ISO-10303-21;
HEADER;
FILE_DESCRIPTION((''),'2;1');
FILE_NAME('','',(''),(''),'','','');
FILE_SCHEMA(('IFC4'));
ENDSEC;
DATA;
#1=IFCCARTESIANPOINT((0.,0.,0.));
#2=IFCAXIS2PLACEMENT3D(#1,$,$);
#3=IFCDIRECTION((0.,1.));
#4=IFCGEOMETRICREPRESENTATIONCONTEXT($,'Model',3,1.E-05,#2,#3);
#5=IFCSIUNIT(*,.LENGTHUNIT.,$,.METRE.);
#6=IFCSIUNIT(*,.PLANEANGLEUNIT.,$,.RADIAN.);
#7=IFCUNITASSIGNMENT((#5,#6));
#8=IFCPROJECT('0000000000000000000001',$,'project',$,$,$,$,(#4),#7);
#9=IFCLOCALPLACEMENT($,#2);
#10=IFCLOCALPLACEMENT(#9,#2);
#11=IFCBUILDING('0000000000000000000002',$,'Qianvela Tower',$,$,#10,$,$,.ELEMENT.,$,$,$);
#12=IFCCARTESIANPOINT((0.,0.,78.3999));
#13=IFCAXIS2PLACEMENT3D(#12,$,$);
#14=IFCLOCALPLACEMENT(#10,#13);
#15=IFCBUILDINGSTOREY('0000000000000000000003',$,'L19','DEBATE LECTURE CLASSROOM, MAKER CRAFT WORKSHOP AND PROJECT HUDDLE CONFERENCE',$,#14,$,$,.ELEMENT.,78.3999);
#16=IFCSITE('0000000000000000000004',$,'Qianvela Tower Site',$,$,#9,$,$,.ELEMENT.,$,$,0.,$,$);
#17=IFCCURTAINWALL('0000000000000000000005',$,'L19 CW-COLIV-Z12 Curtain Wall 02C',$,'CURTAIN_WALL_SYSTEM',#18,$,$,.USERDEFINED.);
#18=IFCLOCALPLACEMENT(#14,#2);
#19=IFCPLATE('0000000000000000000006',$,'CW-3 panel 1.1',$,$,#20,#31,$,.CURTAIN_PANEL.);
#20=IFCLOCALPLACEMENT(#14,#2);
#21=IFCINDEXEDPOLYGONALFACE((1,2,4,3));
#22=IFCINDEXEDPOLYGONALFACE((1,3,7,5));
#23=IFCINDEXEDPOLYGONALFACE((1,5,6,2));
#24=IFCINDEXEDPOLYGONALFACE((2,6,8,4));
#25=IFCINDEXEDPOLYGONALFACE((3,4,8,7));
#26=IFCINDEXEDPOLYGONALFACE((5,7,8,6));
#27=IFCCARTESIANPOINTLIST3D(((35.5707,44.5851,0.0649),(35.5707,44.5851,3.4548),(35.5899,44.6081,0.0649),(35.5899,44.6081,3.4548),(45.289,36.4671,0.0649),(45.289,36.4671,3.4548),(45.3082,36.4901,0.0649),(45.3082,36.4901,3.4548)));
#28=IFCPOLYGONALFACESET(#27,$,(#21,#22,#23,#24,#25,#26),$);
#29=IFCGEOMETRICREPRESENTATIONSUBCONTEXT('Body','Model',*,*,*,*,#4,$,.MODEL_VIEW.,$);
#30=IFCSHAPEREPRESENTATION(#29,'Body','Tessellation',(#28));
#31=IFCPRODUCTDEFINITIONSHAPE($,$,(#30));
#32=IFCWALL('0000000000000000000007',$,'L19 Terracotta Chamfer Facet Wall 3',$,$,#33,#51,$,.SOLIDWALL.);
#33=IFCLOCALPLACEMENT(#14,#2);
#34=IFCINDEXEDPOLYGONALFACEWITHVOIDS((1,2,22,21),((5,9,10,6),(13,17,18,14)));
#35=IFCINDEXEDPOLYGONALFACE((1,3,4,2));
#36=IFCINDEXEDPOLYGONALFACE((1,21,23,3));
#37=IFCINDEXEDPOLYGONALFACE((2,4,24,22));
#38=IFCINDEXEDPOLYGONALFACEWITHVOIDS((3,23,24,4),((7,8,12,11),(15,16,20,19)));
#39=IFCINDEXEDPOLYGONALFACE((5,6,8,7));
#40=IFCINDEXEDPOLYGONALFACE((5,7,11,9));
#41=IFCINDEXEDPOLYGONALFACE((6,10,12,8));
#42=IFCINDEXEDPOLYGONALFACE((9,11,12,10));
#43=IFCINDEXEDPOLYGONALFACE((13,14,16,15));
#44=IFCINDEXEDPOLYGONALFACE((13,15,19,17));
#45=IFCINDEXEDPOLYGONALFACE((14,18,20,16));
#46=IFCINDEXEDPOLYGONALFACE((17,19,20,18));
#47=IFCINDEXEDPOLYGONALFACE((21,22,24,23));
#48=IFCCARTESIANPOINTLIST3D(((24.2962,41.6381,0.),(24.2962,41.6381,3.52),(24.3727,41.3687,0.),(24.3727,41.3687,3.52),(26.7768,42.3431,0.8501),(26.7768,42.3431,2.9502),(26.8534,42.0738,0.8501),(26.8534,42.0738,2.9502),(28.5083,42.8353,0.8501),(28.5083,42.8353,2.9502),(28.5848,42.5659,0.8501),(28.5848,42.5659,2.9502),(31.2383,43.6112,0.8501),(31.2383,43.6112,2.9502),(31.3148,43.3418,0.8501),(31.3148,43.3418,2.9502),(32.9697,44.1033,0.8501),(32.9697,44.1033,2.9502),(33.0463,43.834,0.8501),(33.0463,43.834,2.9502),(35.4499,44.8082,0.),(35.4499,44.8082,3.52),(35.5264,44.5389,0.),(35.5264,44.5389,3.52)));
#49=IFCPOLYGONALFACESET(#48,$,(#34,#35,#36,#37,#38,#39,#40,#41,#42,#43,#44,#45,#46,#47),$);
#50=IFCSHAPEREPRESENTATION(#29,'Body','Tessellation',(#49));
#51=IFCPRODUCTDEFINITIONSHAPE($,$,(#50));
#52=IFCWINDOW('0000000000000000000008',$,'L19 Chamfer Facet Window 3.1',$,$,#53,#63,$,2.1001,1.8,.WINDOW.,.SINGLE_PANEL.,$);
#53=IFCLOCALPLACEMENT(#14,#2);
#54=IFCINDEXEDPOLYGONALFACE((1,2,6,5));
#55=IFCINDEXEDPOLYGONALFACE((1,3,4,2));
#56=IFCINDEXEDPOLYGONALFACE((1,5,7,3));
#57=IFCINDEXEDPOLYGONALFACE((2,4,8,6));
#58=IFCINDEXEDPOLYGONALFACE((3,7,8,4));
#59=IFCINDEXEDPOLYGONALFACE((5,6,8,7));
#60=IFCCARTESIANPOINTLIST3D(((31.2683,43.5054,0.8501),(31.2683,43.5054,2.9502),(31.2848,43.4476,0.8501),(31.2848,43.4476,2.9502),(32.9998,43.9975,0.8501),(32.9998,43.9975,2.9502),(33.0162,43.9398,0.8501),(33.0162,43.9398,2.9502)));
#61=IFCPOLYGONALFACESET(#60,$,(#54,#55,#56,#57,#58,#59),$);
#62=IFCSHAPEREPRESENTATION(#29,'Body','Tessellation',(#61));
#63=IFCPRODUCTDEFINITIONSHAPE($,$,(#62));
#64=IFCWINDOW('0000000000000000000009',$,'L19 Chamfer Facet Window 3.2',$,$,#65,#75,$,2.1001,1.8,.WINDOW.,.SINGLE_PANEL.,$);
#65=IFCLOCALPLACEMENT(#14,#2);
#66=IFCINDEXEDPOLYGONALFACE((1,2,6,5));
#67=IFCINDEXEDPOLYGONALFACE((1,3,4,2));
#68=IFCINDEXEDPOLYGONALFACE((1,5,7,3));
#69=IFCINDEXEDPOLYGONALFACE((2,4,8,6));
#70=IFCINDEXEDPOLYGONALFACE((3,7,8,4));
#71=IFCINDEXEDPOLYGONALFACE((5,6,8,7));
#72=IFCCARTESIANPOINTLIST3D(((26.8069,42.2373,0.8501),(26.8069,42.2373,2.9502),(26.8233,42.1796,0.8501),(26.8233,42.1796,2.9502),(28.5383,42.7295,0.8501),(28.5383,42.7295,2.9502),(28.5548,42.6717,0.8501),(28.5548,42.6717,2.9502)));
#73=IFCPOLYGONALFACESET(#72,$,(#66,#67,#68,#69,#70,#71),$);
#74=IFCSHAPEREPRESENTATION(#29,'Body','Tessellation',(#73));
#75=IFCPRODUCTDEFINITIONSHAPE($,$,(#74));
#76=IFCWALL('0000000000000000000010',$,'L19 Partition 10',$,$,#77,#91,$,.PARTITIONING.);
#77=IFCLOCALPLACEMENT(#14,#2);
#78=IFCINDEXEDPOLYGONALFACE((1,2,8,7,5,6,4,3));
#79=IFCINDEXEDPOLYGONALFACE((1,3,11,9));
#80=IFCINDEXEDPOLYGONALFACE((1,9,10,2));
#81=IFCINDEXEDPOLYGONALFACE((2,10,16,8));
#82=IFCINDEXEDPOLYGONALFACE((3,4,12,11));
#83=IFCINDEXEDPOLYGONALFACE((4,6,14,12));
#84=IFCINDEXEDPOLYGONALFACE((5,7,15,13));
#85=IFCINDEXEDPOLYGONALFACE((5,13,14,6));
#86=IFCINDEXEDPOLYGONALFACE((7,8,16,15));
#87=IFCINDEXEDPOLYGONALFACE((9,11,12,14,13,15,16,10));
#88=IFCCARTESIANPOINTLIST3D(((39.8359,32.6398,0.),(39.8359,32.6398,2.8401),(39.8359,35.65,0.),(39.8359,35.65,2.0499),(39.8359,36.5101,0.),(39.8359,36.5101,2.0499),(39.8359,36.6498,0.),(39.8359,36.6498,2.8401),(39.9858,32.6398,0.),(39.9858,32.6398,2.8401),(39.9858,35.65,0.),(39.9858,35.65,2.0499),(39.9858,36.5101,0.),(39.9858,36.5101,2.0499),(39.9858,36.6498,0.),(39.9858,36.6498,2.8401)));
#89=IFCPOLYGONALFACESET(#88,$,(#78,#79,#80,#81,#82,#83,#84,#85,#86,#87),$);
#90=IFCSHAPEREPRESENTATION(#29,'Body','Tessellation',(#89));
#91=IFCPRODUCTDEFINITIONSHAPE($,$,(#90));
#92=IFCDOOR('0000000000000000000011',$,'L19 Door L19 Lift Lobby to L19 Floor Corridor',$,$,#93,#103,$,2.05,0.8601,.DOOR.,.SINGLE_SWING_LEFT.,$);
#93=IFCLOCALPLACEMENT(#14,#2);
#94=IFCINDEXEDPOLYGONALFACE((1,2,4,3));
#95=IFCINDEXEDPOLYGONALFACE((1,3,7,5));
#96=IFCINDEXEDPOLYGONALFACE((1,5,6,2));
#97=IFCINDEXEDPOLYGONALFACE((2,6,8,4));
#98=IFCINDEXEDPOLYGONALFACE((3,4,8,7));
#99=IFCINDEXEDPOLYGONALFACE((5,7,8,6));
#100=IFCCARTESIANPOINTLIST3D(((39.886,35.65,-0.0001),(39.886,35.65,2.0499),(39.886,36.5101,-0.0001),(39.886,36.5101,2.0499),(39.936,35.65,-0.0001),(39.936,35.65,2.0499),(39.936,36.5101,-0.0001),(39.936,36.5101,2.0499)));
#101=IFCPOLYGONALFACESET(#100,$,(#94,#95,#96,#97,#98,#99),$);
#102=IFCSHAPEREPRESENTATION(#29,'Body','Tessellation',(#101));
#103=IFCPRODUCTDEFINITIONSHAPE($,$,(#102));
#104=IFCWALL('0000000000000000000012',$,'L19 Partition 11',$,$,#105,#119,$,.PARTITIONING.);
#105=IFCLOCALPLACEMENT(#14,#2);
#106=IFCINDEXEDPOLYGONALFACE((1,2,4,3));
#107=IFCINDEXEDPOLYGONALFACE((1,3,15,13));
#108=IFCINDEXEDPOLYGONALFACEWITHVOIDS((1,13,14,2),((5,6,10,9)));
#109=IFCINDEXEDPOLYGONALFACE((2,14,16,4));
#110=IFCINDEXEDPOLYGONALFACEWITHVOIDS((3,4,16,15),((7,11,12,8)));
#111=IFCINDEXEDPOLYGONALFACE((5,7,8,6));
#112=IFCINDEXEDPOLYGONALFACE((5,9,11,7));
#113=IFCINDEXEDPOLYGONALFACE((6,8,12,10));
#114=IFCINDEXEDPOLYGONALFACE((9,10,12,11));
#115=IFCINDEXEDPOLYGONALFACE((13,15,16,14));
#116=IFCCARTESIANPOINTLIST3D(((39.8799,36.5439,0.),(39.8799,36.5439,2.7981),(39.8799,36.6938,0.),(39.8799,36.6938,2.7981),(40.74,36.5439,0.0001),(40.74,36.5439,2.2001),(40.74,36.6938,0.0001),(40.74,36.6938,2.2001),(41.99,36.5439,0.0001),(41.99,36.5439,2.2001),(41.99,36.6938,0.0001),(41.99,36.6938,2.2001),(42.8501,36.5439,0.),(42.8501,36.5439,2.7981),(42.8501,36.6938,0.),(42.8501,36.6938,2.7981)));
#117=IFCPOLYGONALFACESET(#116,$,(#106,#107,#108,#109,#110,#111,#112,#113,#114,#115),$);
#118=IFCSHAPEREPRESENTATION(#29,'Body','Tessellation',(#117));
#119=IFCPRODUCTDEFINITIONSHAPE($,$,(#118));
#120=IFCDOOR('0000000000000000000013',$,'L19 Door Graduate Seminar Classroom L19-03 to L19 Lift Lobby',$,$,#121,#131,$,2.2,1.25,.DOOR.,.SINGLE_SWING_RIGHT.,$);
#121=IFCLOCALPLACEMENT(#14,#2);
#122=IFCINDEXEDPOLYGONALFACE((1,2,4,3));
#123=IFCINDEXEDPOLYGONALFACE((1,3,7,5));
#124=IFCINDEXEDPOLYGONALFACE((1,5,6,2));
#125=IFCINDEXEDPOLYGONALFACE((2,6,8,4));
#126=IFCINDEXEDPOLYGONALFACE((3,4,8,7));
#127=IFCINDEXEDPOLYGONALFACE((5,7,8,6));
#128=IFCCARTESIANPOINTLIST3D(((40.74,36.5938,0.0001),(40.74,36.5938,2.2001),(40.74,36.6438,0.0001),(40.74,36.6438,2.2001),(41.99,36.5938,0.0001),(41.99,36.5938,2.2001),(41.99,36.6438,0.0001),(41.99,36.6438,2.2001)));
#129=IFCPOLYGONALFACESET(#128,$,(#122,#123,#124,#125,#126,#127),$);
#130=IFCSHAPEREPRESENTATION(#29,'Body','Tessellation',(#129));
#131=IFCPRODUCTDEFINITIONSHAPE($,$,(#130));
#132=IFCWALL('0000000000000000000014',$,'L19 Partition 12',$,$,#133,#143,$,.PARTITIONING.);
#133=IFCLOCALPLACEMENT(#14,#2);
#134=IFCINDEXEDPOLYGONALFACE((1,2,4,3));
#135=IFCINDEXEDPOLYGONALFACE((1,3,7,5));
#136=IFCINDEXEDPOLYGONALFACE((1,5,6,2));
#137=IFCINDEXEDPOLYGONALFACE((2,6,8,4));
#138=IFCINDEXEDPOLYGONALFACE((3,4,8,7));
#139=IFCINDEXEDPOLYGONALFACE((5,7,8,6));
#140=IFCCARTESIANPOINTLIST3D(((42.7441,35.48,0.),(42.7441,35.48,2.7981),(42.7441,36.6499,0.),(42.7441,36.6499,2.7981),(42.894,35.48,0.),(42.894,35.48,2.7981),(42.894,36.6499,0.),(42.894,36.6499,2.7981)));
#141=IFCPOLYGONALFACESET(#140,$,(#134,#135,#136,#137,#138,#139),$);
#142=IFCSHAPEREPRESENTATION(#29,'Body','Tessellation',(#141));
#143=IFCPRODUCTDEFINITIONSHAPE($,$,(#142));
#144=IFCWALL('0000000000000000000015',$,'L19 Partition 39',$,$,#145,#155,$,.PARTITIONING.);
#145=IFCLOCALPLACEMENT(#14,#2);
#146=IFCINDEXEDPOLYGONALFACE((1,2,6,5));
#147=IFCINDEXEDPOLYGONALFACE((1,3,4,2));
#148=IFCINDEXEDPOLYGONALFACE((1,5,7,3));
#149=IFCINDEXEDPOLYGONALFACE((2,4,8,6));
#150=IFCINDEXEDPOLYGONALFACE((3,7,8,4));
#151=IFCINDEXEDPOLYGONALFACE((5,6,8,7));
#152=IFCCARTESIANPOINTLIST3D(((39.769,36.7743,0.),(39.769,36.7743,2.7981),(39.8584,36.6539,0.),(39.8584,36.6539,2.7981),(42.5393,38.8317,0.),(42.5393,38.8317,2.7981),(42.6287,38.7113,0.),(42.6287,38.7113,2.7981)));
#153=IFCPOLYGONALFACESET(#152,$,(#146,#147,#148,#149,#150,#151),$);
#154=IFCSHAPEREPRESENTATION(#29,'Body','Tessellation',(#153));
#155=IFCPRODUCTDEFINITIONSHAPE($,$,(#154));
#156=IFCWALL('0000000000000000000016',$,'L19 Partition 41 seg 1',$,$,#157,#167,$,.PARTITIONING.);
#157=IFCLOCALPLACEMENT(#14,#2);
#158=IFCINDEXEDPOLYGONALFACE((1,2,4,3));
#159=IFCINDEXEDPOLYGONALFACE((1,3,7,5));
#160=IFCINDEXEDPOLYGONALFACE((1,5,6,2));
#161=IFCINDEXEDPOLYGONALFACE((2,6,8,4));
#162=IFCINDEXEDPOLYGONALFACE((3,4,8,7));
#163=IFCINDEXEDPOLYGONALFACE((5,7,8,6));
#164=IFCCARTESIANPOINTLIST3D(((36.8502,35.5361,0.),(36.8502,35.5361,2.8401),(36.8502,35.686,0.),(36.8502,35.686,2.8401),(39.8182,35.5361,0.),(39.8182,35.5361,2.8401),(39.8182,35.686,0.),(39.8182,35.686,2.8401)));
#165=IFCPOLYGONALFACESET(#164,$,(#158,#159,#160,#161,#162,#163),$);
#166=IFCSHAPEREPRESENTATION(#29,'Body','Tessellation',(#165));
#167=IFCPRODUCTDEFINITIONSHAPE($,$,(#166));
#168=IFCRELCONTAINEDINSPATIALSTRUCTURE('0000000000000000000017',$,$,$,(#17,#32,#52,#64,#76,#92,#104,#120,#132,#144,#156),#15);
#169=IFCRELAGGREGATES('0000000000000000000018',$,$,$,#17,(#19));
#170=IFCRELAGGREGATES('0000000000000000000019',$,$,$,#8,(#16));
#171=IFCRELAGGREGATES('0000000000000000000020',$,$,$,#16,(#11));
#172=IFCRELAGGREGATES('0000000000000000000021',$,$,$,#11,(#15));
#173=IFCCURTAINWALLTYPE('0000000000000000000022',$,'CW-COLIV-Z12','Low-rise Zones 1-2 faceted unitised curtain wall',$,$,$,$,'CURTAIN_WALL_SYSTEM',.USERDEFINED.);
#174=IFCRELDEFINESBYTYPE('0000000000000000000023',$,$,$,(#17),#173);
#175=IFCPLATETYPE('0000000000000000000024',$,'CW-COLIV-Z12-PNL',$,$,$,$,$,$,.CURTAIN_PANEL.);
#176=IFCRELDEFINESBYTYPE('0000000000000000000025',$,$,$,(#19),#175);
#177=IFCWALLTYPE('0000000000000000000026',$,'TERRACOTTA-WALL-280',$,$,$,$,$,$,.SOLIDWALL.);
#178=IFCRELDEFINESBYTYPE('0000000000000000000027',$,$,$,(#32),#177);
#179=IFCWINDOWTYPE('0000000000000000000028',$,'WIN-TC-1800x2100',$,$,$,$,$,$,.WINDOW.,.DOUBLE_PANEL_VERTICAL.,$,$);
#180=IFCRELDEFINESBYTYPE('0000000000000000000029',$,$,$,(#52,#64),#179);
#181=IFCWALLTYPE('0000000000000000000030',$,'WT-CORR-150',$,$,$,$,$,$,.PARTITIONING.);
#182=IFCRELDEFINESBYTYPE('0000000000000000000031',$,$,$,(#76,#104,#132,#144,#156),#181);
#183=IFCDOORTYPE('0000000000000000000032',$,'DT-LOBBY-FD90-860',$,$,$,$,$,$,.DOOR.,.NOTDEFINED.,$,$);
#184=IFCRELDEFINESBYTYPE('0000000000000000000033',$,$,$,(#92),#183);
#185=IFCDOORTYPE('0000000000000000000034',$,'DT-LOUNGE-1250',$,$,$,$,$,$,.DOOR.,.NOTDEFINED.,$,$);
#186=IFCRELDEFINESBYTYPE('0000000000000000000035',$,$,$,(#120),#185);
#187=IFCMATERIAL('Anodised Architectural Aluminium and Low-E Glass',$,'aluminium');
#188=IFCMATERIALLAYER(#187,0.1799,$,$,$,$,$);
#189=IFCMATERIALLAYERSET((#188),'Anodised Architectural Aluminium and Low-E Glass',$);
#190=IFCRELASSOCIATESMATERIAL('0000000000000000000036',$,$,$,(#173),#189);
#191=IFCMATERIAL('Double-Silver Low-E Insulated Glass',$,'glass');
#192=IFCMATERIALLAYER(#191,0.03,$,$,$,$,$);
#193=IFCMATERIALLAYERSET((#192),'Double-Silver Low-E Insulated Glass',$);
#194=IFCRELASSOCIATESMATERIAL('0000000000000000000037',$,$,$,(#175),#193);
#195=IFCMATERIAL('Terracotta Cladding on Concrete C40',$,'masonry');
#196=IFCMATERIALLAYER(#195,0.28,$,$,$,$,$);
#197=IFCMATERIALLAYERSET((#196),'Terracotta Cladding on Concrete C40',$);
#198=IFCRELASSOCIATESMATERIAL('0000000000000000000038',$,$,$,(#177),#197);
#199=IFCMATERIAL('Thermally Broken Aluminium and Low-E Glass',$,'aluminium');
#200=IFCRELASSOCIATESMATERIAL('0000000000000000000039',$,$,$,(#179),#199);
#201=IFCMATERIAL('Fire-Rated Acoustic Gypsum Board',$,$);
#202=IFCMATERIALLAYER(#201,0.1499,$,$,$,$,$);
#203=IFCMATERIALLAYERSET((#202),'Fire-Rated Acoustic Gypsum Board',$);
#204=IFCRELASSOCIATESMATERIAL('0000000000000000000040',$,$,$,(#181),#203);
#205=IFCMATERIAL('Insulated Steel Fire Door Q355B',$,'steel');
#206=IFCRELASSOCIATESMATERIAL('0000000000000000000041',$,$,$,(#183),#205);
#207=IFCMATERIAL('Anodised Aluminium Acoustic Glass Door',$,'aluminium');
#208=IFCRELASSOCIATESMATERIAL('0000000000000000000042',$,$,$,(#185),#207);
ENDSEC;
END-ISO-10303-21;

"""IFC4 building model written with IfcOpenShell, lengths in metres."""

from ifc_helpers import new_model, si_unit, direction, frame, frame_2d, origin, origin_2d, place, context, subcontext, project, spatial, rectangle, extrude, material, layer, layer_set, type_object, element, fill, aggregate, save


model = new_model("IFC4")

# Units and contexts
model_context = context("Model", 3, precision=1e-05, world=origin(), true_north=direction((0.0, 1.0)))
body_context = subcontext(model_context, "Body", "Model", "MODEL_VIEW")
ifc_project = project(units=[si_unit("LENGTHUNIT", "METRE"), si_unit("PLANEANGLEUNIT", "RADIAN")], contexts=[model_context])

# Site, building, storey
site_placement = place(None, origin())
site = spatial("IfcSite", under=ifc_project, at=site_placement, Name="Qianvela Tower Site", CompositionType="ELEMENT", RefElevation=0.0)
building_placement = place(site_placement, origin())
building = spatial("IfcBuilding", under=site, at=building_placement, Name="Qianvela Tower", CompositionType="ELEMENT")
storey_placement = place(building_placement, frame((0.0, 0.0, 78.3999)))
storey = spatial("IfcBuildingStorey", under=building, at=storey_placement, Name="L19", Description="DEBATE LECTURE CLASSROOM, MAKER CRAFT WORKSHOP AND PROJECT HUDDLE CONFERENCE", CompositionType="ELEMENT", Elevation=78.3999)

# Curtain wall, plate
ifc_material_1 = material(Name="Anodised Architectural Aluminium and Low-E Glass", Category="aluminium")
ifc_layer_1 = layer(ifc_material_1, 0.1799)
ifc_layer_set_1 = layer_set([ifc_layer_1], Name="Anodised Architectural Aluminium and Low-E Glass")
curtain_wall_type = type_object("IfcCurtainWallType", Name="CW-COLIV-Z12", Description="Low-rise Zones 1-2 faceted unitised curtain wall", ElementType="CURTAIN_WALL_SYSTEM", PredefinedType="USERDEFINED", material=ifc_layer_set_1)
curtain_wall_placement = place(storey_placement, origin())
curtain_wall = element("IfcCurtainWall", 1, at=curtain_wall_placement, inside=storey, type_object=curtain_wall_type, Name="L19 CW-COLIV-Z12 Curtain Wall 02C", ObjectType="CURTAIN_WALL_SYSTEM", PredefinedType="USERDEFINED")
ifc_material_2 = material(Name="Double-Silver Low-E Insulated Glass", Category="glass")
ifc_layer_2 = layer(ifc_material_2, 0.03)
ifc_layer_set_2 = layer_set([ifc_layer_2], Name="Double-Silver Low-E Insulated Glass")
plate_type = type_object("IfcPlateType", Name="CW-COLIV-Z12-PNL", PredefinedType="CURTAIN_PANEL", material=ifc_layer_set_2)
plate_placement = place(storey_placement, frame((40.4395, 40.5376, 0.0649), z_axis=(0.0, 0.0, 1.0), x_axis=(-0.767467, 0.641088, 0.0)))
plate = element("IfcPlate", 2, at=plate_placement, type_object=plate_type, Name="CW-3 panel 1.1", PredefinedType="CURTAIN_PANEL", context=body_context, shape_type="SweptSolid", body=[
    extrude(rectangle(XDim=12.6628, YDim=0.03, at=origin_2d()), origin(), (0.0, 0.0, 1.0), 3.3899),
])
aggregate(curtain_wall, [plate])

# Wall, openings, windows
ifc_material_3 = material(Name="Terracotta Cladding on Concrete C40", Category="masonry")
ifc_layer_3 = layer(ifc_material_3, 0.28)
ifc_layer_set_3 = layer_set([ifc_layer_3], Name="Terracotta Cladding on Concrete C40")
wall_type_1 = type_object("IfcWallType", Name="TERRACOTTA-WALL-280", PredefinedType="SOLIDWALL", material=ifc_layer_set_3)
wall_1_placement = place(storey_placement, frame((35.4883, 44.6736, 0.0), z_axis=(0.0, 0.0, 1.0), x_axis=(-0.961902, -0.273394, 0.0)))
wall_1 = element("IfcWall", 3, at=wall_1_placement, inside=storey, type_object=wall_type_1, Name="L19 Terracotta Chamfer Facet Wall 3", PredefinedType="SOLIDWALL", context=body_context, shape_type="SweptSolid", body=[
    extrude(rectangle(XDim=11.5955, YDim=0.28, at=frame_2d((5.7979, 0.0))), origin(), (0.0, 0.0, 1.0), 3.52),
])
opening_1_placement = place(wall_1_placement, frame((2.5786, 0.0, 0.8501)))
opening_1 = element("IfcOpeningElement", 4, at=opening_1_placement, cuts=wall_1, PredefinedType="OPENING", context=body_context, shape_type="SweptSolid", body=[
    extrude(rectangle(XDim=1.8, YDim=2.1001, at=frame_2d((0.8999, 1.05))), frame((0.0, 0.1499, 0.0), z_axis=(0.0, -1.0, 0.0), x_axis=(1.0, 0.0, 0.0)), (0.0, 0.0, 1.0), 0.3),
])
opening_2_placement = place(wall_1_placement, frame((7.2168, 0.0, 0.8501)))
opening_2 = element("IfcOpeningElement", 5, at=opening_2_placement, cuts=wall_1, PredefinedType="OPENING", context=body_context, shape_type="SweptSolid", body=[
    extrude(rectangle(XDim=1.8, YDim=2.1001, at=frame_2d((0.8999, 1.05))), frame((0.0, 0.1499, 0.0), z_axis=(0.0, -1.0, 0.0), x_axis=(1.0, 0.0, 0.0)), (0.0, 0.0, 1.0), 0.3),
])
ifc_material_4 = material(Name="Thermally Broken Aluminium and Low-E Glass", Category="aluminium")
window_type = type_object("IfcWindowType", Name="WIN-TC-1800x2100", PartitioningType="DOUBLE_PANEL_VERTICAL", PredefinedType="WINDOW", material=ifc_material_4)
window_1_placement = place(opening_1_placement, origin())
window_1 = element("IfcWindow", 6, at=window_1_placement, inside=storey, type_object=window_type, Name="L19 Chamfer Facet Window 3.1", OverallHeight=2.1001, OverallWidth=1.8, PartitioningType="SINGLE_PANEL", PredefinedType="WINDOW", context=body_context, shape_type="SweptSolid", body=[
    extrude(rectangle(XDim=1.8, YDim=2.1001, at=frame_2d((0.8999, 1.05))), frame((0.0, 0.03, 0.0), z_axis=(0.0, -1.0, 0.0), x_axis=(1.0, 0.0, 0.0)), (0.0, 0.0, 1.0), 0.0601),
])
fill(opening_1, window_1)
window_2_placement = place(opening_2_placement, origin())
window_2 = element("IfcWindow", 7, at=window_2_placement, inside=storey, type_object=window_type, Name="L19 Chamfer Facet Window 3.2", OverallHeight=2.1001, OverallWidth=1.8, PartitioningType="SINGLE_PANEL", PredefinedType="WINDOW", context=body_context, shape_type="SweptSolid", body=[
    extrude(rectangle(XDim=1.8, YDim=2.1001, at=frame_2d((0.8999, 1.05))), frame((0.0, 0.03, 0.0), z_axis=(0.0, -1.0, 0.0), x_axis=(1.0, 0.0, 0.0)), (0.0, 0.0, 1.0), 0.0601),
])
fill(opening_2, window_2)

# Walls, openings, doors
ifc_material_5 = material(Name="Fire-Rated Acoustic Gypsum Board")
ifc_layer_4 = layer(ifc_material_5, 0.1499)
ifc_layer_set_4 = layer_set([ifc_layer_4], Name="Fire-Rated Acoustic Gypsum Board")
wall_type_2 = type_object("IfcWallType", Name="WT-CORR-150", PredefinedType="PARTITIONING", material=ifc_layer_set_4)
wall_2_placement = place(storey_placement, frame((39.9109, 32.6399, 0.0), z_axis=(0.0, 0.0, 1.0), x_axis=(0.0, 1.0, 0.0)))
wall_2 = element("IfcWall", 8, at=wall_2_placement, inside=storey, type_object=wall_type_2, Name="L19 Partition 10", PredefinedType="PARTITIONING", context=body_context, shape_type="SweptSolid", body=[
    extrude(rectangle(XDim=4.01, YDim=0.1499, at=frame_2d((2.0049, 0.0))), origin(), (0.0, 0.0, 1.0), 2.8401),
])
opening_3_placement = place(wall_2_placement, frame((3.01, 0.0, 0.0)))
opening_3 = element("IfcOpeningElement", 9, at=opening_3_placement, cuts=wall_2, PredefinedType="OPENING", context=body_context, shape_type="SweptSolid", body=[
    extrude(rectangle(XDim=0.8601, YDim=2.05, at=frame_2d((0.4302, 1.0249))), frame((0.0, 0.085, 0.0), z_axis=(0.0, -1.0, 0.0), x_axis=(1.0, 0.0, 0.0)), (0.0, 0.0, 1.0), 0.1699),
])
ifc_material_6 = material(Name="Insulated Steel Fire Door Q355B", Category="steel")
door_type_1 = type_object("IfcDoorType", Name="DT-LOBBY-FD90-860", OperationType="NOTDEFINED", PredefinedType="DOOR", material=ifc_material_6)
door_1_placement = place(opening_3_placement, origin())
door_1 = element("IfcDoor", 10, at=door_1_placement, inside=storey, type_object=door_type_1, Name="L19 Door L19 Lift Lobby to L19 Floor Corridor", OperationType="SINGLE_SWING_LEFT", OverallHeight=2.05, OverallWidth=0.8601, PredefinedType="DOOR", context=body_context, shape_type="SweptSolid", body=[
    extrude(rectangle(XDim=0.8601, YDim=2.05, at=frame_2d((0.4302, 1.0249))), frame((0.0, 0.0249, 0.0), z_axis=(0.0, -1.0, 0.0), x_axis=(1.0, 0.0, 0.0)), (0.0, 0.0, 1.0), 0.05),
])
fill(opening_3, door_1)
wall_3_placement = place(storey_placement, frame((39.8799, 36.6189, 0.0), z_axis=(0.0, 0.0, 1.0), x_axis=(1.0, 0.0, 0.0)))
wall_3 = element("IfcWall", 11, at=wall_3_placement, inside=storey, type_object=wall_type_2, Name="L19 Partition 11", PredefinedType="PARTITIONING", context=body_context, shape_type="SweptSolid", body=[
    extrude(rectangle(XDim=2.9702, YDim=0.1499, at=frame_2d((1.4851, 0.0))), origin(), (0.0, 0.0, 1.0), 2.7981),
])
opening_4_placement = place(wall_3_placement, frame((0.8601, 0.0, 0.0)))
opening_4 = element("IfcOpeningElement", 12, at=opening_4_placement, cuts=wall_3, PredefinedType="OPENING", context=body_context, shape_type="SweptSolid", body=[
    extrude(rectangle(XDim=1.25, YDim=2.2, at=frame_2d((0.625, 1.1001))), frame((0.0, 0.085, 0.0), z_axis=(0.0, -1.0, 0.0), x_axis=(1.0, 0.0, 0.0)), (0.0, 0.0, 1.0), 0.1699),
])
ifc_material_7 = material(Name="Anodised Aluminium Acoustic Glass Door", Category="aluminium")
door_type_2 = type_object("IfcDoorType", Name="DT-LOUNGE-1250", OperationType="NOTDEFINED", PredefinedType="DOOR", material=ifc_material_7)
door_2_placement = place(opening_4_placement, origin())
door_2 = element("IfcDoor", 13, at=door_2_placement, inside=storey, type_object=door_type_2, Name="L19 Door Graduate Seminar Classroom L19-03 to L19 Lift Lobby", OperationType="SINGLE_SWING_RIGHT", OverallHeight=2.2, OverallWidth=1.25, PredefinedType="DOOR", context=body_context, shape_type="SweptSolid", body=[
    extrude(rectangle(XDim=1.25, YDim=2.2, at=frame_2d((0.625, 1.1001))), frame((0.0, 0.0249, 0.0), z_axis=(0.0, -1.0, 0.0), x_axis=(1.0, 0.0, 0.0)), (0.0, 0.0, 1.0), 0.05),
])
fill(opening_4, door_2)

# Walls
wall_4_placement = place(storey_placement, frame((42.8191, 36.6499, 0.0), z_axis=(0.0, 0.0, 1.0), x_axis=(0.0, -1.0, 0.0)))
element("IfcWall", 14, at=wall_4_placement, inside=storey, type_object=wall_type_2, Name="L19 Partition 12", PredefinedType="PARTITIONING", context=body_context, shape_type="SweptSolid", body=[
    extrude(rectangle(XDim=1.1699, YDim=0.1499, at=frame_2d((0.585, 0.0))), origin(), (0.0, 0.0, 1.0), 2.7981),
])
wall_5_placement = place(storey_placement, frame((42.584, 38.7715, 0.0), z_axis=(0.0, 0.0, 1.0), x_axis=(-0.802818, -0.596224, 0.0)))
element("IfcWall", 15, at=wall_5_placement, inside=storey, type_object=wall_type_2, Name="L19 Partition 39", PredefinedType="PARTITIONING", context=body_context, shape_type="SweptSolid", body=[
    extrude(rectangle(XDim=3.4507, YDim=0.1499, at=frame_2d((1.7253, 0.0))), origin(), (0.0, 0.0, 1.0), 2.7981),
])
wall_6_placement = place(storey_placement, frame((39.8181, 35.6111, 0.0), z_axis=(0.0, 0.0, 1.0), x_axis=(-1.0, 0.0, 0.0)))
element("IfcWall", 16, at=wall_6_placement, inside=storey, type_object=wall_type_2, Name="L19 Partition 41 seg 1", PredefinedType="PARTITIONING", context=body_context, shape_type="SweptSolid", body=[
    extrude(rectangle(XDim=2.968, YDim=0.1499, at=frame_2d((1.4839, 0.0))), origin(), (0.0, 0.0, 1.0), 2.8401),
])

save(model, "model.ifc")
